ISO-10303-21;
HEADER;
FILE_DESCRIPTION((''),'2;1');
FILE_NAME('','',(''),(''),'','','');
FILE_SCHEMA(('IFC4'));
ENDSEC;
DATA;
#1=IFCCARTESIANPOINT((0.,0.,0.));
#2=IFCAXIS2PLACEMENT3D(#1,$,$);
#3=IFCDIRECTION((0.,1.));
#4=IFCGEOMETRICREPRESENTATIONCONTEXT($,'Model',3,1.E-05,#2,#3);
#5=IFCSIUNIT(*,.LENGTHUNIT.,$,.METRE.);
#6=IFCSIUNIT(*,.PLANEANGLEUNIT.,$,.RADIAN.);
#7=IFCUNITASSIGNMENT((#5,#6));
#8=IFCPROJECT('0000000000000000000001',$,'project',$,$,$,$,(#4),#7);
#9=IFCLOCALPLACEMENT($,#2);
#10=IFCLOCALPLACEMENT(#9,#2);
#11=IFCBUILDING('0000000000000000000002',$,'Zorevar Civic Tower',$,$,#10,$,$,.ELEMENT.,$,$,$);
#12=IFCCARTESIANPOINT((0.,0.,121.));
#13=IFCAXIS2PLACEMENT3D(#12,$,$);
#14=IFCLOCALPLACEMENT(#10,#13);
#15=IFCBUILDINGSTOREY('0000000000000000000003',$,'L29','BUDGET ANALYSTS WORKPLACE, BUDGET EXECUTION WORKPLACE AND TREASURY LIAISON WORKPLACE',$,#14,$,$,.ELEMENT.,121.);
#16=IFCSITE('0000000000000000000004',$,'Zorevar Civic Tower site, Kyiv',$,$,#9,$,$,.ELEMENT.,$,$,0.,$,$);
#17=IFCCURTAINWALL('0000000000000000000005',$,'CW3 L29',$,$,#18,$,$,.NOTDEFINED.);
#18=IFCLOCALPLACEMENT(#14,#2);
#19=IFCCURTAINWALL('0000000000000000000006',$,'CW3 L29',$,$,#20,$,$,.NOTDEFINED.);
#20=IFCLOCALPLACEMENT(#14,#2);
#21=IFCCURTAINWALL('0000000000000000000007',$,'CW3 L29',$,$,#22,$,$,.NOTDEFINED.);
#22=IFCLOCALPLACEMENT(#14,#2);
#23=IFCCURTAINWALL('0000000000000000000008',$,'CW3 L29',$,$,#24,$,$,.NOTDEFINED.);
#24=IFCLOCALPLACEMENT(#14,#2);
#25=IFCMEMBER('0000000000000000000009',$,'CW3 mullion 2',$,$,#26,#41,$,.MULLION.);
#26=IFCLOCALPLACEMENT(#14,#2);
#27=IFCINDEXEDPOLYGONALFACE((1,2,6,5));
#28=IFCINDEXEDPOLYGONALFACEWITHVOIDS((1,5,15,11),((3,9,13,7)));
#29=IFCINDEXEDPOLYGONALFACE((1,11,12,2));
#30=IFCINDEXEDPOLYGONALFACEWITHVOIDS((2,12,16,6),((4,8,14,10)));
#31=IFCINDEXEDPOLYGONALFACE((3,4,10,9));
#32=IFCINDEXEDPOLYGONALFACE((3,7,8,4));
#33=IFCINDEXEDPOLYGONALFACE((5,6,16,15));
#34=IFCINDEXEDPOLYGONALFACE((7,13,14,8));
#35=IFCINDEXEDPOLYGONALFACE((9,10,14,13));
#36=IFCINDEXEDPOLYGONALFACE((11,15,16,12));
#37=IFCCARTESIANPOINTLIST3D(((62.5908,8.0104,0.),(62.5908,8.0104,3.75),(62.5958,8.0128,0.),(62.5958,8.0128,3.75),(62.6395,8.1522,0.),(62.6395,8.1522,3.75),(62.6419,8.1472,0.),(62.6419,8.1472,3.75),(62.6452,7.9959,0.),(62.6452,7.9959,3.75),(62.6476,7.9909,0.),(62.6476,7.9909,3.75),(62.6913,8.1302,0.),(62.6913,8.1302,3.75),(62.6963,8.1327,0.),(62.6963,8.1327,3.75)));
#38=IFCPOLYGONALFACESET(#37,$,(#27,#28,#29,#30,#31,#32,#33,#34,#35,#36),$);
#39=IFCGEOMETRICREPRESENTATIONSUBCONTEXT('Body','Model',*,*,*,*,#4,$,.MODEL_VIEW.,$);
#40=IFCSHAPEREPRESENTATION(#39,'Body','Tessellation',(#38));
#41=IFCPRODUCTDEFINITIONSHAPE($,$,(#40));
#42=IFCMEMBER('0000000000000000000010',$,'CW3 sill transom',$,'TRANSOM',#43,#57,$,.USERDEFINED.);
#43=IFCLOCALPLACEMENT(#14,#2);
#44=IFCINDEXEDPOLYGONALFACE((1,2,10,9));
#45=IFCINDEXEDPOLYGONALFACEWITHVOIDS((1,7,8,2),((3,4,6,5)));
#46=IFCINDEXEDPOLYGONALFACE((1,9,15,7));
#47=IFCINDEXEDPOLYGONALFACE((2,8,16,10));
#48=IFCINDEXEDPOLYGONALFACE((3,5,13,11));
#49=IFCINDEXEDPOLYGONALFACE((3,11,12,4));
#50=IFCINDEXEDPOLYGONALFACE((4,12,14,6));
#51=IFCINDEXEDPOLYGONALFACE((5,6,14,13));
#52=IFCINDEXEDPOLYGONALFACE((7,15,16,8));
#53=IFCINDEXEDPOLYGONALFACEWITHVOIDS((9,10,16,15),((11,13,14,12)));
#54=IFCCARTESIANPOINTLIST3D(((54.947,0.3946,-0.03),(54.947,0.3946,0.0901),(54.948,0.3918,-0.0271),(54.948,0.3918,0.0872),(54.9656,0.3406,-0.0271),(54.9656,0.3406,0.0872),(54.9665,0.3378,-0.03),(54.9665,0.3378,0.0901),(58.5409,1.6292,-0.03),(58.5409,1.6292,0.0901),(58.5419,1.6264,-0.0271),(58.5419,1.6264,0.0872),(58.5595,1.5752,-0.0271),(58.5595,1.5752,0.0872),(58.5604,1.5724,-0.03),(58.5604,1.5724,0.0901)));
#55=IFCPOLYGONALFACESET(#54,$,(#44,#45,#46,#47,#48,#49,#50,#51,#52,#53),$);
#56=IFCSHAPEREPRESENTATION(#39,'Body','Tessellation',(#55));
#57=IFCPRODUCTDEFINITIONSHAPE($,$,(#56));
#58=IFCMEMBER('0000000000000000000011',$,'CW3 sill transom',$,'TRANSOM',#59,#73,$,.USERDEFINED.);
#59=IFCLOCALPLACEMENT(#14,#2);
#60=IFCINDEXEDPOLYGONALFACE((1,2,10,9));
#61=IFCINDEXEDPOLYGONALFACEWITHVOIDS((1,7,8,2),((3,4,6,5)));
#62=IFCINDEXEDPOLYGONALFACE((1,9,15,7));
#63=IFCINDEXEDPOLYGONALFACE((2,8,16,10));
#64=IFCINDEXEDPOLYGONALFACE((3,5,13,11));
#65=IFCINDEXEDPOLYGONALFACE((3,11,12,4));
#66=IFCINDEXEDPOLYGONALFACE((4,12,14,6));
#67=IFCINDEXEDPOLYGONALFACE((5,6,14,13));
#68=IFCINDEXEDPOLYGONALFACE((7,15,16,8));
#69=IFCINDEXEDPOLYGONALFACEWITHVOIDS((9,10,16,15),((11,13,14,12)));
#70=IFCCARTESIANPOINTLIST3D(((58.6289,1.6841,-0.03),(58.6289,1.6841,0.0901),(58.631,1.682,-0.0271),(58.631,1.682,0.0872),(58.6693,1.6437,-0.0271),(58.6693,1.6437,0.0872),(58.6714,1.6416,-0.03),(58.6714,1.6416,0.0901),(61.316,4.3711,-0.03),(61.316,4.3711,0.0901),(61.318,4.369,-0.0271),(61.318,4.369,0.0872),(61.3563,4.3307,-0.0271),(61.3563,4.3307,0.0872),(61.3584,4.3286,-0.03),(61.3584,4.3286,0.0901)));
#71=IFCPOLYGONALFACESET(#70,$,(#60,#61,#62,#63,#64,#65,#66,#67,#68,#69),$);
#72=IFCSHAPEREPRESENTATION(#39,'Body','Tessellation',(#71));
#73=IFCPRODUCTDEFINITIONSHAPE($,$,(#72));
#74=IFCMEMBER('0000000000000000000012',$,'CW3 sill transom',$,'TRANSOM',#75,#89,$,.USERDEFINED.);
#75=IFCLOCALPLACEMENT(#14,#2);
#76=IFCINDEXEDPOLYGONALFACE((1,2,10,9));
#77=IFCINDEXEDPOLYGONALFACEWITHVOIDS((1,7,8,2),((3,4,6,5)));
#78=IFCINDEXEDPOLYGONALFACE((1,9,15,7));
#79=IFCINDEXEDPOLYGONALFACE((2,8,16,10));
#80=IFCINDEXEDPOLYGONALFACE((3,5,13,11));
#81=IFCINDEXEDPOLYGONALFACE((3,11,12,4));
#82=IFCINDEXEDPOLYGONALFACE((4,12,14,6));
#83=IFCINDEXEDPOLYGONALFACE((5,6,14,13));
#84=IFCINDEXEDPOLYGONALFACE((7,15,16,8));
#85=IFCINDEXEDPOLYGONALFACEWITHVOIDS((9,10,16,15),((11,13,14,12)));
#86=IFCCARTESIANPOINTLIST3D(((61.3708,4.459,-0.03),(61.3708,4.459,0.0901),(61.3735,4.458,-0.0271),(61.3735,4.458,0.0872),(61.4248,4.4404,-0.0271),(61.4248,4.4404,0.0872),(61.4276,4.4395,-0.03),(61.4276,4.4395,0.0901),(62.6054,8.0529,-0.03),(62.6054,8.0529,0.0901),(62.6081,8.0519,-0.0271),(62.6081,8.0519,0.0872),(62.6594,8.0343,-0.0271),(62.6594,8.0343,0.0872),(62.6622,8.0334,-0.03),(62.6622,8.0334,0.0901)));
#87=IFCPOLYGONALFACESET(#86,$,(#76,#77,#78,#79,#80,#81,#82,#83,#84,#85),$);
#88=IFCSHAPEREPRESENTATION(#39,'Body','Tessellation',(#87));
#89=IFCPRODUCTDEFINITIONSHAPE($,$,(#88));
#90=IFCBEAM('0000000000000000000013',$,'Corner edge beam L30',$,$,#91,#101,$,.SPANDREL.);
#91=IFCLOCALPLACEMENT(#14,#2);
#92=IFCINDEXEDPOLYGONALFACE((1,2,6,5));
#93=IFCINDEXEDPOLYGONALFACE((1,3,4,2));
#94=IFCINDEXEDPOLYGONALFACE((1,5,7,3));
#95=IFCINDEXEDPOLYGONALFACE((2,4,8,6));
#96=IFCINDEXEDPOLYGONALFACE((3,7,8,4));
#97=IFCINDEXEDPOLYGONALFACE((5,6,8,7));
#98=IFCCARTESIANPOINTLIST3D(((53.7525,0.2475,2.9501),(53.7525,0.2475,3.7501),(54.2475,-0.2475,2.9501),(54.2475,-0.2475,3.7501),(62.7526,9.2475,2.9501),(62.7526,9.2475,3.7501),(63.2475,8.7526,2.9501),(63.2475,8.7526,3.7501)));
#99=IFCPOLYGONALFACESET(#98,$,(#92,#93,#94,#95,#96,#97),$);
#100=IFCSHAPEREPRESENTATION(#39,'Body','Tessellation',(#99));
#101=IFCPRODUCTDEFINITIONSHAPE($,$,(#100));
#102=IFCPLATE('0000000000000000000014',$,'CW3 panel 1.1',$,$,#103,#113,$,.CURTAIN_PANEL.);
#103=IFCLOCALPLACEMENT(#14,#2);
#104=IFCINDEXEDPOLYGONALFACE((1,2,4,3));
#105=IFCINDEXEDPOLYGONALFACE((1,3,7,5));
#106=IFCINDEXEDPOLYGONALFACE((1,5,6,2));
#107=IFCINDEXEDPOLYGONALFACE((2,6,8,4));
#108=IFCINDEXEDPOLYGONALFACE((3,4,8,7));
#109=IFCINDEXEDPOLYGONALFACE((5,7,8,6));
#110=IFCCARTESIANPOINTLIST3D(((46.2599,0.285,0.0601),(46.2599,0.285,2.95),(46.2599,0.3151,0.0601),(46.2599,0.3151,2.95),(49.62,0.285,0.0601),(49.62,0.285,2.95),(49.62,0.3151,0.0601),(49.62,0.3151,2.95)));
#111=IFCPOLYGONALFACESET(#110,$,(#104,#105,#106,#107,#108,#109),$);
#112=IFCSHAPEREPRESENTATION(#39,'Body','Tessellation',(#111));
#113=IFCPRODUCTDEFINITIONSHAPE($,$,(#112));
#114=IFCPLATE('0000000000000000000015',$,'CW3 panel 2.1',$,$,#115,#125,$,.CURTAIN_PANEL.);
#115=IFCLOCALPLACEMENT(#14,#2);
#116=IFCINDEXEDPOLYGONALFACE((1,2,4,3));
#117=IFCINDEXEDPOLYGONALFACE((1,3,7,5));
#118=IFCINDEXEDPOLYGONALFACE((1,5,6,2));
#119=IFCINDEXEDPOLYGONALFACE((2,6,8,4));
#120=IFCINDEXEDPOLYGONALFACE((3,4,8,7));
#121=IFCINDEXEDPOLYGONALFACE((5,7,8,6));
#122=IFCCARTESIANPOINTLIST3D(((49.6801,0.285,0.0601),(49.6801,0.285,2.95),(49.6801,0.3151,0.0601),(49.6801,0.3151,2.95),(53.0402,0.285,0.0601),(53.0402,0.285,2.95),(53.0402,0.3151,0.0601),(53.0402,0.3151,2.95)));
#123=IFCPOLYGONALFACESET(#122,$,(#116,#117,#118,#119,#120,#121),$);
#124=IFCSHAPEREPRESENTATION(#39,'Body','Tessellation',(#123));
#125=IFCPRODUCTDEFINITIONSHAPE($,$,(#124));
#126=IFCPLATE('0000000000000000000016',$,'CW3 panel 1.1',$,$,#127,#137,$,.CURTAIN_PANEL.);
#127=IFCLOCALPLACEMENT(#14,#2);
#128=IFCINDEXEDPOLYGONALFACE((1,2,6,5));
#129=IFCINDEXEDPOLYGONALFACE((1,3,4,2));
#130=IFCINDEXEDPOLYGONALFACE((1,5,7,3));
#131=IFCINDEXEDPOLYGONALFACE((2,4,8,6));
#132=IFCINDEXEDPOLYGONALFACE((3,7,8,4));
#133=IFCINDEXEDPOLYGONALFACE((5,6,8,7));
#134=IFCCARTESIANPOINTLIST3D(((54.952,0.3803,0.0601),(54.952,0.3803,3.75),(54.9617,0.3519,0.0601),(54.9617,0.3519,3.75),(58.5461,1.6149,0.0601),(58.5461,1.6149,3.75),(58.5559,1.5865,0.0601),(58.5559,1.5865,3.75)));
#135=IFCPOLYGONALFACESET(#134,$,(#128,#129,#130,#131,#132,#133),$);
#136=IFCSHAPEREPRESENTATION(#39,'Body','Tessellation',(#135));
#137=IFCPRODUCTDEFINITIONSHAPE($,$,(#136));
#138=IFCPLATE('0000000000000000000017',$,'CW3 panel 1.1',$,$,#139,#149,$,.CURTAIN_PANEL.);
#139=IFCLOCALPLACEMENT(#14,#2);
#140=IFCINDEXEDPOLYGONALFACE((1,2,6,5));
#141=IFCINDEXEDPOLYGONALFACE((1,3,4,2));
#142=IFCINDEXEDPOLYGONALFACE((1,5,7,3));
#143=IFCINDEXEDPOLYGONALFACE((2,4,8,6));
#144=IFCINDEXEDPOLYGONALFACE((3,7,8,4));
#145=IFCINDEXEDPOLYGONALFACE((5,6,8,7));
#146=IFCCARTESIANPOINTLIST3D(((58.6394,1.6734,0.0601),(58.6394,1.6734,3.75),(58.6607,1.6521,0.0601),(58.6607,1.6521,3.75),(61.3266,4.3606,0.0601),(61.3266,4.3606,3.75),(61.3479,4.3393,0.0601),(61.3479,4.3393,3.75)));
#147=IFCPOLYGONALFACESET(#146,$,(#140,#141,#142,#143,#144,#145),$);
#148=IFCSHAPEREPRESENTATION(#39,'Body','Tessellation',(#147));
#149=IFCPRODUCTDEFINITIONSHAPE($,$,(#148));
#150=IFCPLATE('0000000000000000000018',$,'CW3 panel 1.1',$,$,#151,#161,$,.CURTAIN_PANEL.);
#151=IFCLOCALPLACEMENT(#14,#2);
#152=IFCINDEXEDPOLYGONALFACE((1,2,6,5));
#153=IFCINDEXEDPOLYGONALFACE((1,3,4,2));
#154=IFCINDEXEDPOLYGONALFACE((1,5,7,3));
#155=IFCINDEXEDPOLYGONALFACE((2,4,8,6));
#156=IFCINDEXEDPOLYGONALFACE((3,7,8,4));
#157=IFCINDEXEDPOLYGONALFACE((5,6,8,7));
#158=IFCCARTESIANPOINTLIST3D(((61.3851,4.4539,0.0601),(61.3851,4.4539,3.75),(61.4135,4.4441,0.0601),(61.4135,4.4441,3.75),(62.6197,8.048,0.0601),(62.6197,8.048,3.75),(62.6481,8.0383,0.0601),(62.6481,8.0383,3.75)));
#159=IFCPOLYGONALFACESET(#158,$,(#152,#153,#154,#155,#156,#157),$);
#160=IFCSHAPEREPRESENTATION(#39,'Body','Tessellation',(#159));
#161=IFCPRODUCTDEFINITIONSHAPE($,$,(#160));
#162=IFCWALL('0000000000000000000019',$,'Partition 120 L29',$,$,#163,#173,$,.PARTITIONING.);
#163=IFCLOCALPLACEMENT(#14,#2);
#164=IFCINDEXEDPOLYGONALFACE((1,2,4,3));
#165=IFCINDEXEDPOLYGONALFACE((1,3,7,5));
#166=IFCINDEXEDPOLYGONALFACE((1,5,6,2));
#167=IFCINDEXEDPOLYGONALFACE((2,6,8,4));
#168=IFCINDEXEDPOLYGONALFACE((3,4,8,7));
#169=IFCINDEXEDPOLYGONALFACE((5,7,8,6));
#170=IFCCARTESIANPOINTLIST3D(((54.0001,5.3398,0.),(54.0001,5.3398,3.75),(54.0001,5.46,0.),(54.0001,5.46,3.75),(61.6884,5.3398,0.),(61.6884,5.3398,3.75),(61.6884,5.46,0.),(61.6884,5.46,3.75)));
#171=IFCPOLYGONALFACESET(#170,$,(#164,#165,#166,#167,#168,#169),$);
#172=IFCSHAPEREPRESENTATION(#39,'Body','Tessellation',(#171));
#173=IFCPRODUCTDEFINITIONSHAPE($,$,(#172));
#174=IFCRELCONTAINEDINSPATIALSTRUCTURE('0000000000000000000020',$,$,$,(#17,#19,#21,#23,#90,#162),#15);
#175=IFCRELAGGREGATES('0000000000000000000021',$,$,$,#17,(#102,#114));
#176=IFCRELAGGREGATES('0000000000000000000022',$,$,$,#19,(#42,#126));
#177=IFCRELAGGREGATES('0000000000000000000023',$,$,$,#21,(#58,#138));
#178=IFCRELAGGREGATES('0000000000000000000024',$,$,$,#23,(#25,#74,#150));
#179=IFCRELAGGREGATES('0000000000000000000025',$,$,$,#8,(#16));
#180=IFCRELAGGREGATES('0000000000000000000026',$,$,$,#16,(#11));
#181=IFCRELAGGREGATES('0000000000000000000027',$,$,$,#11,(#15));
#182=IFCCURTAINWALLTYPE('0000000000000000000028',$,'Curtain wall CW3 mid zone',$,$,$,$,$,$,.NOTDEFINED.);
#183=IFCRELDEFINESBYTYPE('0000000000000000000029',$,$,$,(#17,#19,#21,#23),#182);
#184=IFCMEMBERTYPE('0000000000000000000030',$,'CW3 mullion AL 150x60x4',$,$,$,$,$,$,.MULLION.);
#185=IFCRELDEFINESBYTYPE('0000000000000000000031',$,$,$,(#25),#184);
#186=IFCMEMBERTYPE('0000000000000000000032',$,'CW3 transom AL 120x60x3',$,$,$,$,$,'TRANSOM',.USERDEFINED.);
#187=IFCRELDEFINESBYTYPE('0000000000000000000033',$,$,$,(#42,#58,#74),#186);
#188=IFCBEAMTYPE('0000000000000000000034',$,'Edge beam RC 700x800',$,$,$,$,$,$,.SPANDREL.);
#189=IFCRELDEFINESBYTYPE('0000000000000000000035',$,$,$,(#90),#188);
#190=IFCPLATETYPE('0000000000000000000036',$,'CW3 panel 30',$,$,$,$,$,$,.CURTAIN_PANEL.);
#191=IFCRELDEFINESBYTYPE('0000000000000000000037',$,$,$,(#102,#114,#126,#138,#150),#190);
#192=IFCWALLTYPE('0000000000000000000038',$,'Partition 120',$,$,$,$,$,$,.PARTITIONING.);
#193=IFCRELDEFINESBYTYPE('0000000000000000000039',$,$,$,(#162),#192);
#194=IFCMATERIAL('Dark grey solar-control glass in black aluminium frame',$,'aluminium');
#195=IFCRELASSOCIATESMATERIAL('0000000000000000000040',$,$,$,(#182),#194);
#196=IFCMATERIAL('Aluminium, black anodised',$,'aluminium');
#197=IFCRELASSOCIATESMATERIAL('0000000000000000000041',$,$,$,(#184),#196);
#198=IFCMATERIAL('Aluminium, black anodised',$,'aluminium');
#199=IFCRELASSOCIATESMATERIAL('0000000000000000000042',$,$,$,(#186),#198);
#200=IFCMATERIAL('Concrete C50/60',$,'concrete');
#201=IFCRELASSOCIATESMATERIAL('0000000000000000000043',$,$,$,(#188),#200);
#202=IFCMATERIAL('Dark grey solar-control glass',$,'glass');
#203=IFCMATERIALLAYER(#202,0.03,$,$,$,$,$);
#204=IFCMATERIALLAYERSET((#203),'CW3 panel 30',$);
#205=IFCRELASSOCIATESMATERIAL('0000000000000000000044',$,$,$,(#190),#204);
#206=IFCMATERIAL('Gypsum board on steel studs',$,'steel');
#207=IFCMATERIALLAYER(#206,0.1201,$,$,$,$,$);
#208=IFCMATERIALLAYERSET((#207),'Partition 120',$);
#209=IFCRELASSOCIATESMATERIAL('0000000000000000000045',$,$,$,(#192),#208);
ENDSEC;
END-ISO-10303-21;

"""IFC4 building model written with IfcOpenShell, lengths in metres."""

from ifc_helpers import new_model, si_unit, direction, frame, frame_2d, origin, origin_2d, place, context, subcontext, project, spatial, rectangle, hollow_rectangle, extrude, material, layer, layer_set, material_profile, profile_set, type_object, element, aggregate, save


model = new_model("IFC4")

# Units and contexts
model_context = context("Model", 3, precision=1e-05, world=origin(), true_north=direction((0.0, 1.0)))
body_context = subcontext(model_context, "Body", "Model", "MODEL_VIEW")
ifc_project = project(units=[si_unit("LENGTHUNIT", "METRE"), si_unit("PLANEANGLEUNIT", "RADIAN")], contexts=[model_context])

# Site, building, storey
site_placement = place(None, origin())
site = spatial("IfcSite", under=ifc_project, at=site_placement, Name="Zorevar Civic Tower site, Kyiv", CompositionType="ELEMENT", RefElevation=0.0)
building_placement = place(site_placement, origin())
building = spatial("IfcBuilding", under=site, at=building_placement, Name="Zorevar Civic Tower", CompositionType="ELEMENT")
storey_placement = place(building_placement, frame((0.0, 0.0, 121.0)))
storey = spatial("IfcBuildingStorey", under=building, at=storey_placement, Name="L29", Description="BUDGET ANALYSTS WORKPLACE, BUDGET EXECUTION WORKPLACE AND TREASURY LIAISON WORKPLACE", CompositionType="ELEMENT", Elevation=121.0)

# Curtain walls, member
ifc_material_1 = material(Name="Dark grey solar-control glass in black aluminium frame", Category="aluminium")
curtain_wall_type = type_object("IfcCurtainWallType", Name="Curtain wall CW3 mid zone", PredefinedType="NOTDEFINED", material=ifc_material_1)
curtain_wall_1_placement = place(storey_placement, origin())
curtain_wall_1 = element("IfcCurtainWall", 1, at=curtain_wall_1_placement, inside=storey, type_object=curtain_wall_type, Name="CW3 L29", PredefinedType="NOTDEFINED")
ifc_material_2 = material(Name="Aluminium, black anodised", Category="aluminium")
ifc_material_profile_1 = material_profile(ifc_material_2, hollow_rectangle(XDim=0.0601, YDim=0.1499, WallThickness=0.0039, at=origin_2d()), Name="AL 150x60x4")
ifc_profile_set_1 = profile_set([ifc_material_profile_1], Name="Aluminium, black anodised")
member_type_1 = type_object("IfcMemberType", Name="CW3 mullion AL 150x60x4", PredefinedType="MULLION", material=ifc_profile_set_1)
curtain_wall_2_placement = place(storey_placement, origin())
curtain_wall_2 = element("IfcCurtainWall", 2, at=curtain_wall_2_placement, inside=storey, type_object=curtain_wall_type, Name="CW3 L29", PredefinedType="NOTDEFINED")
curtain_wall_3_placement = place(storey_placement, origin())
curtain_wall_3 = element("IfcCurtainWall", 3, at=curtain_wall_3_placement, inside=storey, type_object=curtain_wall_type, Name="CW3 L29", PredefinedType="NOTDEFINED")
curtain_wall_4_placement = place(storey_placement, origin())
curtain_wall_4 = element("IfcCurtainWall", 4, at=curtain_wall_4_placement, inside=storey, type_object=curtain_wall_type, Name="CW3 L29", PredefinedType="NOTDEFINED")
member_1_placement = place(storey_placement, frame((62.6436, 8.0715, 0.0), z_axis=(0.0, 0.0, 1.0), x_axis=(-0.945756, 0.324878, 0.0)))
member_1 = element("IfcMember", 5, at=member_1_placement, type_object=member_type_1, Name="CW3 mullion 2", PredefinedType="MULLION", context=body_context, shape_type="SweptSolid", body=[
    extrude(hollow_rectangle(XDim=0.0601, YDim=0.1499, WallThickness=0.0039, at=origin_2d()), origin(), (0.0, 0.0, 1.0), 3.75),
])

# Members
ifc_material_3 = material(Name="Aluminium, black anodised", Category="aluminium")
ifc_material_profile_2 = material_profile(ifc_material_3, hollow_rectangle(XDim=0.0601, YDim=0.1201, WallThickness=0.0029, at=origin_2d()), Name="AL 120x60x3")
ifc_profile_set_2 = profile_set([ifc_material_profile_2], Name="Aluminium, black anodised")
member_type_2 = type_object("IfcMemberType", Name="CW3 transom AL 120x60x3", ElementType="TRANSOM", PredefinedType="USERDEFINED", material=ifc_profile_set_2)
member_2_placement = place(storey_placement, frame((54.9568, 0.3662, 0.03), z_axis=(0.945753, 0.324888, 0.0), x_axis=(-0.324888, 0.945753, 0.0)))
member_2 = element("IfcMember", 6, at=member_2_placement, type_object=member_type_2, Name="CW3 sill transom", ObjectType="TRANSOM", PredefinedType="USERDEFINED", context=body_context, shape_type="SweptSolid", body=[
    extrude(hollow_rectangle(XDim=0.0601, YDim=0.1201, WallThickness=0.0029, at=origin_2d()), origin(), (0.0, 0.0, 1.0), 3.8),
])
member_3_placement = place(storey_placement, frame((58.6501, 1.6628, 0.03), z_axis=(0.707107, 0.707107, 0.0), x_axis=(-0.707107, 0.707107, 0.0)))
member_3 = element("IfcMember", 7, at=member_3_placement, type_object=member_type_2, Name="CW3 sill transom", ObjectType="TRANSOM", PredefinedType="USERDEFINED", context=body_context, shape_type="SweptSolid", body=[
    extrude(hollow_rectangle(XDim=0.0601, YDim=0.1201, WallThickness=0.0029, at=origin_2d()), origin(), (0.0, 0.0, 1.0), 3.8),
])
member_4_placement = place(storey_placement, frame((61.3992, 4.4492, 0.03), z_axis=(0.324888, 0.945753, 0.0), x_axis=(-0.945753, 0.324888, 0.0)))
member_4 = element("IfcMember", 8, at=member_4_placement, type_object=member_type_2, Name="CW3 sill transom", ObjectType="TRANSOM", PredefinedType="USERDEFINED", context=body_context, shape_type="SweptSolid", body=[
    extrude(hollow_rectangle(XDim=0.0601, YDim=0.1201, WallThickness=0.0029, at=origin_2d()), origin(), (0.0, 0.0, 1.0), 3.8),
])

# Beam
ifc_material_4 = material(Name="Concrete C50/60", Category="concrete")
ifc_material_profile_3 = material_profile(ifc_material_4, rectangle(XDim=0.7, YDim=0.8, at=origin_2d()), Name="RC 700x800")
ifc_profile_set_3 = profile_set([ifc_material_profile_3], Name="Concrete C50/60")
beam_type_1 = type_object("IfcBeamType", Name="Edge beam RC 700x800", PredefinedType="SPANDREL", material=ifc_profile_set_3)
beam_1_placement = place(storey_placement, frame((54.0, 0.0, 3.3501), z_axis=(0.707107, 0.707107, 0.0), x_axis=(-0.707107, 0.707107, 0.0)))
element("IfcBeam", 9, at=beam_1_placement, inside=storey, type_object=beam_type_1, Name="Corner edge beam L30", PredefinedType="SPANDREL", context=body_context, shape_type="SweptSolid", body=[
    extrude(rectangle(XDim=0.7, YDim=0.8, at=origin_2d()), origin(), (0.0, 0.0, 1.0), 12.728),
])

# Plates
ifc_material_5 = material(Name="Dark grey solar-control glass", Category="glass")
ifc_layer_1 = layer(ifc_material_5, 0.03)
ifc_layer_set_1 = layer_set([ifc_layer_1], Name="CW3 panel 30")
plate_type = type_object("IfcPlateType", Name="CW3 panel 30", PredefinedType="CURTAIN_PANEL", material=ifc_layer_set_1)
plate_1_placement = place(storey_placement, frame((47.9399, 0.3, 0.0601), z_axis=(0.0, 0.0, 1.0), x_axis=(1.0, 0.0, 0.0)))
plate_1 = element("IfcPlate", 10, at=plate_1_placement, type_object=plate_type, Name="CW3 panel 1.1", PredefinedType="CURTAIN_PANEL", context=body_context, shape_type="SweptSolid", body=[
    extrude(rectangle(XDim=3.3601, YDim=0.03, at=origin_2d()), origin(), (0.0, 0.0, 1.0), 2.8899),
])
plate_2_placement = place(storey_placement, frame((51.3601, 0.3, 0.0601), z_axis=(0.0, 0.0, 1.0), x_axis=(1.0, 0.0, 0.0)))
plate_2 = element("IfcPlate", 11, at=plate_2_placement, type_object=plate_type, Name="CW3 panel 2.1", PredefinedType="CURTAIN_PANEL", context=body_context, shape_type="SweptSolid", body=[
    extrude(rectangle(XDim=3.3601, YDim=0.03, at=origin_2d()), origin(), (0.0, 0.0, 1.0), 2.8899),
])
aggregate(curtain_wall_1, [plate_1, plate_2])
plate_3_placement = place(storey_placement, frame((56.7539, 0.9834, 0.0601), z_axis=(0.0, 0.0, 1.0), x_axis=(0.945756, 0.324878, 0.0)))
plate_3 = element("IfcPlate", 12, at=plate_3_placement, type_object=plate_type, Name="CW3 panel 1.1", PredefinedType="CURTAIN_PANEL", context=body_context, shape_type="SweptSolid", body=[
    extrude(rectangle(XDim=3.8003, YDim=0.03, at=origin_2d()), origin(), (0.0, 0.0, 1.0), 3.6899),
])
aggregate(curtain_wall_2, [member_2, plate_3])
plate_4_placement = place(storey_placement, frame((59.9937, 3.0063, 0.0601), z_axis=(0.0, 0.0, 1.0), x_axis=(0.707107, 0.707107, 0.0)))
plate_4 = element("IfcPlate", 13, at=plate_4_placement, type_object=plate_type, Name="CW3 panel 1.1", PredefinedType="CURTAIN_PANEL", context=body_context, shape_type="SweptSolid", body=[
    extrude(rectangle(XDim=3.8003, YDim=0.03, at=origin_2d()), origin(), (0.0, 0.0, 1.0), 3.6899),
])
aggregate(curtain_wall_3, [member_3, plate_4])
plate_5_placement = place(storey_placement, frame((62.0166, 6.2461, 0.0601), z_axis=(0.0, 0.0, 1.0), x_axis=(0.324878, 0.945756, 0.0)))
plate_5 = element("IfcPlate", 14, at=plate_5_placement, type_object=plate_type, Name="CW3 panel 1.1", PredefinedType="CURTAIN_PANEL", context=body_context, shape_type="SweptSolid", body=[
    extrude(rectangle(XDim=3.8003, YDim=0.03, at=origin_2d()), origin(), (0.0, 0.0, 1.0), 3.6899),
])
aggregate(curtain_wall_4, [member_1, member_4, plate_5])

# Wall
ifc_material_6 = material(Name="Gypsum board on steel studs", Category="steel")
ifc_layer_2 = layer(ifc_material_6, 0.1201)
ifc_layer_set_2 = layer_set([ifc_layer_2], Name="Partition 120")
wall_type = type_object("IfcWallType", Name="Partition 120", PredefinedType="PARTITIONING", material=ifc_layer_set_2)
wall_1_placement = place(storey_placement, frame((54.0, 5.3999, 0.0), z_axis=(0.0, 0.0, 1.0), x_axis=(1.0, 0.0, 0.0)))
element("IfcWall", 15, at=wall_1_placement, inside=storey, type_object=wall_type, Name="Partition 120 L29", PredefinedType="PARTITIONING", context=body_context, shape_type="SweptSolid", body=[
    extrude(rectangle(XDim=7.6882, YDim=0.1201, at=frame_2d((3.8442, 0.0))), origin(), (0.0, 0.0, 1.0), 3.75),
])

save(model, "model.ifc")
